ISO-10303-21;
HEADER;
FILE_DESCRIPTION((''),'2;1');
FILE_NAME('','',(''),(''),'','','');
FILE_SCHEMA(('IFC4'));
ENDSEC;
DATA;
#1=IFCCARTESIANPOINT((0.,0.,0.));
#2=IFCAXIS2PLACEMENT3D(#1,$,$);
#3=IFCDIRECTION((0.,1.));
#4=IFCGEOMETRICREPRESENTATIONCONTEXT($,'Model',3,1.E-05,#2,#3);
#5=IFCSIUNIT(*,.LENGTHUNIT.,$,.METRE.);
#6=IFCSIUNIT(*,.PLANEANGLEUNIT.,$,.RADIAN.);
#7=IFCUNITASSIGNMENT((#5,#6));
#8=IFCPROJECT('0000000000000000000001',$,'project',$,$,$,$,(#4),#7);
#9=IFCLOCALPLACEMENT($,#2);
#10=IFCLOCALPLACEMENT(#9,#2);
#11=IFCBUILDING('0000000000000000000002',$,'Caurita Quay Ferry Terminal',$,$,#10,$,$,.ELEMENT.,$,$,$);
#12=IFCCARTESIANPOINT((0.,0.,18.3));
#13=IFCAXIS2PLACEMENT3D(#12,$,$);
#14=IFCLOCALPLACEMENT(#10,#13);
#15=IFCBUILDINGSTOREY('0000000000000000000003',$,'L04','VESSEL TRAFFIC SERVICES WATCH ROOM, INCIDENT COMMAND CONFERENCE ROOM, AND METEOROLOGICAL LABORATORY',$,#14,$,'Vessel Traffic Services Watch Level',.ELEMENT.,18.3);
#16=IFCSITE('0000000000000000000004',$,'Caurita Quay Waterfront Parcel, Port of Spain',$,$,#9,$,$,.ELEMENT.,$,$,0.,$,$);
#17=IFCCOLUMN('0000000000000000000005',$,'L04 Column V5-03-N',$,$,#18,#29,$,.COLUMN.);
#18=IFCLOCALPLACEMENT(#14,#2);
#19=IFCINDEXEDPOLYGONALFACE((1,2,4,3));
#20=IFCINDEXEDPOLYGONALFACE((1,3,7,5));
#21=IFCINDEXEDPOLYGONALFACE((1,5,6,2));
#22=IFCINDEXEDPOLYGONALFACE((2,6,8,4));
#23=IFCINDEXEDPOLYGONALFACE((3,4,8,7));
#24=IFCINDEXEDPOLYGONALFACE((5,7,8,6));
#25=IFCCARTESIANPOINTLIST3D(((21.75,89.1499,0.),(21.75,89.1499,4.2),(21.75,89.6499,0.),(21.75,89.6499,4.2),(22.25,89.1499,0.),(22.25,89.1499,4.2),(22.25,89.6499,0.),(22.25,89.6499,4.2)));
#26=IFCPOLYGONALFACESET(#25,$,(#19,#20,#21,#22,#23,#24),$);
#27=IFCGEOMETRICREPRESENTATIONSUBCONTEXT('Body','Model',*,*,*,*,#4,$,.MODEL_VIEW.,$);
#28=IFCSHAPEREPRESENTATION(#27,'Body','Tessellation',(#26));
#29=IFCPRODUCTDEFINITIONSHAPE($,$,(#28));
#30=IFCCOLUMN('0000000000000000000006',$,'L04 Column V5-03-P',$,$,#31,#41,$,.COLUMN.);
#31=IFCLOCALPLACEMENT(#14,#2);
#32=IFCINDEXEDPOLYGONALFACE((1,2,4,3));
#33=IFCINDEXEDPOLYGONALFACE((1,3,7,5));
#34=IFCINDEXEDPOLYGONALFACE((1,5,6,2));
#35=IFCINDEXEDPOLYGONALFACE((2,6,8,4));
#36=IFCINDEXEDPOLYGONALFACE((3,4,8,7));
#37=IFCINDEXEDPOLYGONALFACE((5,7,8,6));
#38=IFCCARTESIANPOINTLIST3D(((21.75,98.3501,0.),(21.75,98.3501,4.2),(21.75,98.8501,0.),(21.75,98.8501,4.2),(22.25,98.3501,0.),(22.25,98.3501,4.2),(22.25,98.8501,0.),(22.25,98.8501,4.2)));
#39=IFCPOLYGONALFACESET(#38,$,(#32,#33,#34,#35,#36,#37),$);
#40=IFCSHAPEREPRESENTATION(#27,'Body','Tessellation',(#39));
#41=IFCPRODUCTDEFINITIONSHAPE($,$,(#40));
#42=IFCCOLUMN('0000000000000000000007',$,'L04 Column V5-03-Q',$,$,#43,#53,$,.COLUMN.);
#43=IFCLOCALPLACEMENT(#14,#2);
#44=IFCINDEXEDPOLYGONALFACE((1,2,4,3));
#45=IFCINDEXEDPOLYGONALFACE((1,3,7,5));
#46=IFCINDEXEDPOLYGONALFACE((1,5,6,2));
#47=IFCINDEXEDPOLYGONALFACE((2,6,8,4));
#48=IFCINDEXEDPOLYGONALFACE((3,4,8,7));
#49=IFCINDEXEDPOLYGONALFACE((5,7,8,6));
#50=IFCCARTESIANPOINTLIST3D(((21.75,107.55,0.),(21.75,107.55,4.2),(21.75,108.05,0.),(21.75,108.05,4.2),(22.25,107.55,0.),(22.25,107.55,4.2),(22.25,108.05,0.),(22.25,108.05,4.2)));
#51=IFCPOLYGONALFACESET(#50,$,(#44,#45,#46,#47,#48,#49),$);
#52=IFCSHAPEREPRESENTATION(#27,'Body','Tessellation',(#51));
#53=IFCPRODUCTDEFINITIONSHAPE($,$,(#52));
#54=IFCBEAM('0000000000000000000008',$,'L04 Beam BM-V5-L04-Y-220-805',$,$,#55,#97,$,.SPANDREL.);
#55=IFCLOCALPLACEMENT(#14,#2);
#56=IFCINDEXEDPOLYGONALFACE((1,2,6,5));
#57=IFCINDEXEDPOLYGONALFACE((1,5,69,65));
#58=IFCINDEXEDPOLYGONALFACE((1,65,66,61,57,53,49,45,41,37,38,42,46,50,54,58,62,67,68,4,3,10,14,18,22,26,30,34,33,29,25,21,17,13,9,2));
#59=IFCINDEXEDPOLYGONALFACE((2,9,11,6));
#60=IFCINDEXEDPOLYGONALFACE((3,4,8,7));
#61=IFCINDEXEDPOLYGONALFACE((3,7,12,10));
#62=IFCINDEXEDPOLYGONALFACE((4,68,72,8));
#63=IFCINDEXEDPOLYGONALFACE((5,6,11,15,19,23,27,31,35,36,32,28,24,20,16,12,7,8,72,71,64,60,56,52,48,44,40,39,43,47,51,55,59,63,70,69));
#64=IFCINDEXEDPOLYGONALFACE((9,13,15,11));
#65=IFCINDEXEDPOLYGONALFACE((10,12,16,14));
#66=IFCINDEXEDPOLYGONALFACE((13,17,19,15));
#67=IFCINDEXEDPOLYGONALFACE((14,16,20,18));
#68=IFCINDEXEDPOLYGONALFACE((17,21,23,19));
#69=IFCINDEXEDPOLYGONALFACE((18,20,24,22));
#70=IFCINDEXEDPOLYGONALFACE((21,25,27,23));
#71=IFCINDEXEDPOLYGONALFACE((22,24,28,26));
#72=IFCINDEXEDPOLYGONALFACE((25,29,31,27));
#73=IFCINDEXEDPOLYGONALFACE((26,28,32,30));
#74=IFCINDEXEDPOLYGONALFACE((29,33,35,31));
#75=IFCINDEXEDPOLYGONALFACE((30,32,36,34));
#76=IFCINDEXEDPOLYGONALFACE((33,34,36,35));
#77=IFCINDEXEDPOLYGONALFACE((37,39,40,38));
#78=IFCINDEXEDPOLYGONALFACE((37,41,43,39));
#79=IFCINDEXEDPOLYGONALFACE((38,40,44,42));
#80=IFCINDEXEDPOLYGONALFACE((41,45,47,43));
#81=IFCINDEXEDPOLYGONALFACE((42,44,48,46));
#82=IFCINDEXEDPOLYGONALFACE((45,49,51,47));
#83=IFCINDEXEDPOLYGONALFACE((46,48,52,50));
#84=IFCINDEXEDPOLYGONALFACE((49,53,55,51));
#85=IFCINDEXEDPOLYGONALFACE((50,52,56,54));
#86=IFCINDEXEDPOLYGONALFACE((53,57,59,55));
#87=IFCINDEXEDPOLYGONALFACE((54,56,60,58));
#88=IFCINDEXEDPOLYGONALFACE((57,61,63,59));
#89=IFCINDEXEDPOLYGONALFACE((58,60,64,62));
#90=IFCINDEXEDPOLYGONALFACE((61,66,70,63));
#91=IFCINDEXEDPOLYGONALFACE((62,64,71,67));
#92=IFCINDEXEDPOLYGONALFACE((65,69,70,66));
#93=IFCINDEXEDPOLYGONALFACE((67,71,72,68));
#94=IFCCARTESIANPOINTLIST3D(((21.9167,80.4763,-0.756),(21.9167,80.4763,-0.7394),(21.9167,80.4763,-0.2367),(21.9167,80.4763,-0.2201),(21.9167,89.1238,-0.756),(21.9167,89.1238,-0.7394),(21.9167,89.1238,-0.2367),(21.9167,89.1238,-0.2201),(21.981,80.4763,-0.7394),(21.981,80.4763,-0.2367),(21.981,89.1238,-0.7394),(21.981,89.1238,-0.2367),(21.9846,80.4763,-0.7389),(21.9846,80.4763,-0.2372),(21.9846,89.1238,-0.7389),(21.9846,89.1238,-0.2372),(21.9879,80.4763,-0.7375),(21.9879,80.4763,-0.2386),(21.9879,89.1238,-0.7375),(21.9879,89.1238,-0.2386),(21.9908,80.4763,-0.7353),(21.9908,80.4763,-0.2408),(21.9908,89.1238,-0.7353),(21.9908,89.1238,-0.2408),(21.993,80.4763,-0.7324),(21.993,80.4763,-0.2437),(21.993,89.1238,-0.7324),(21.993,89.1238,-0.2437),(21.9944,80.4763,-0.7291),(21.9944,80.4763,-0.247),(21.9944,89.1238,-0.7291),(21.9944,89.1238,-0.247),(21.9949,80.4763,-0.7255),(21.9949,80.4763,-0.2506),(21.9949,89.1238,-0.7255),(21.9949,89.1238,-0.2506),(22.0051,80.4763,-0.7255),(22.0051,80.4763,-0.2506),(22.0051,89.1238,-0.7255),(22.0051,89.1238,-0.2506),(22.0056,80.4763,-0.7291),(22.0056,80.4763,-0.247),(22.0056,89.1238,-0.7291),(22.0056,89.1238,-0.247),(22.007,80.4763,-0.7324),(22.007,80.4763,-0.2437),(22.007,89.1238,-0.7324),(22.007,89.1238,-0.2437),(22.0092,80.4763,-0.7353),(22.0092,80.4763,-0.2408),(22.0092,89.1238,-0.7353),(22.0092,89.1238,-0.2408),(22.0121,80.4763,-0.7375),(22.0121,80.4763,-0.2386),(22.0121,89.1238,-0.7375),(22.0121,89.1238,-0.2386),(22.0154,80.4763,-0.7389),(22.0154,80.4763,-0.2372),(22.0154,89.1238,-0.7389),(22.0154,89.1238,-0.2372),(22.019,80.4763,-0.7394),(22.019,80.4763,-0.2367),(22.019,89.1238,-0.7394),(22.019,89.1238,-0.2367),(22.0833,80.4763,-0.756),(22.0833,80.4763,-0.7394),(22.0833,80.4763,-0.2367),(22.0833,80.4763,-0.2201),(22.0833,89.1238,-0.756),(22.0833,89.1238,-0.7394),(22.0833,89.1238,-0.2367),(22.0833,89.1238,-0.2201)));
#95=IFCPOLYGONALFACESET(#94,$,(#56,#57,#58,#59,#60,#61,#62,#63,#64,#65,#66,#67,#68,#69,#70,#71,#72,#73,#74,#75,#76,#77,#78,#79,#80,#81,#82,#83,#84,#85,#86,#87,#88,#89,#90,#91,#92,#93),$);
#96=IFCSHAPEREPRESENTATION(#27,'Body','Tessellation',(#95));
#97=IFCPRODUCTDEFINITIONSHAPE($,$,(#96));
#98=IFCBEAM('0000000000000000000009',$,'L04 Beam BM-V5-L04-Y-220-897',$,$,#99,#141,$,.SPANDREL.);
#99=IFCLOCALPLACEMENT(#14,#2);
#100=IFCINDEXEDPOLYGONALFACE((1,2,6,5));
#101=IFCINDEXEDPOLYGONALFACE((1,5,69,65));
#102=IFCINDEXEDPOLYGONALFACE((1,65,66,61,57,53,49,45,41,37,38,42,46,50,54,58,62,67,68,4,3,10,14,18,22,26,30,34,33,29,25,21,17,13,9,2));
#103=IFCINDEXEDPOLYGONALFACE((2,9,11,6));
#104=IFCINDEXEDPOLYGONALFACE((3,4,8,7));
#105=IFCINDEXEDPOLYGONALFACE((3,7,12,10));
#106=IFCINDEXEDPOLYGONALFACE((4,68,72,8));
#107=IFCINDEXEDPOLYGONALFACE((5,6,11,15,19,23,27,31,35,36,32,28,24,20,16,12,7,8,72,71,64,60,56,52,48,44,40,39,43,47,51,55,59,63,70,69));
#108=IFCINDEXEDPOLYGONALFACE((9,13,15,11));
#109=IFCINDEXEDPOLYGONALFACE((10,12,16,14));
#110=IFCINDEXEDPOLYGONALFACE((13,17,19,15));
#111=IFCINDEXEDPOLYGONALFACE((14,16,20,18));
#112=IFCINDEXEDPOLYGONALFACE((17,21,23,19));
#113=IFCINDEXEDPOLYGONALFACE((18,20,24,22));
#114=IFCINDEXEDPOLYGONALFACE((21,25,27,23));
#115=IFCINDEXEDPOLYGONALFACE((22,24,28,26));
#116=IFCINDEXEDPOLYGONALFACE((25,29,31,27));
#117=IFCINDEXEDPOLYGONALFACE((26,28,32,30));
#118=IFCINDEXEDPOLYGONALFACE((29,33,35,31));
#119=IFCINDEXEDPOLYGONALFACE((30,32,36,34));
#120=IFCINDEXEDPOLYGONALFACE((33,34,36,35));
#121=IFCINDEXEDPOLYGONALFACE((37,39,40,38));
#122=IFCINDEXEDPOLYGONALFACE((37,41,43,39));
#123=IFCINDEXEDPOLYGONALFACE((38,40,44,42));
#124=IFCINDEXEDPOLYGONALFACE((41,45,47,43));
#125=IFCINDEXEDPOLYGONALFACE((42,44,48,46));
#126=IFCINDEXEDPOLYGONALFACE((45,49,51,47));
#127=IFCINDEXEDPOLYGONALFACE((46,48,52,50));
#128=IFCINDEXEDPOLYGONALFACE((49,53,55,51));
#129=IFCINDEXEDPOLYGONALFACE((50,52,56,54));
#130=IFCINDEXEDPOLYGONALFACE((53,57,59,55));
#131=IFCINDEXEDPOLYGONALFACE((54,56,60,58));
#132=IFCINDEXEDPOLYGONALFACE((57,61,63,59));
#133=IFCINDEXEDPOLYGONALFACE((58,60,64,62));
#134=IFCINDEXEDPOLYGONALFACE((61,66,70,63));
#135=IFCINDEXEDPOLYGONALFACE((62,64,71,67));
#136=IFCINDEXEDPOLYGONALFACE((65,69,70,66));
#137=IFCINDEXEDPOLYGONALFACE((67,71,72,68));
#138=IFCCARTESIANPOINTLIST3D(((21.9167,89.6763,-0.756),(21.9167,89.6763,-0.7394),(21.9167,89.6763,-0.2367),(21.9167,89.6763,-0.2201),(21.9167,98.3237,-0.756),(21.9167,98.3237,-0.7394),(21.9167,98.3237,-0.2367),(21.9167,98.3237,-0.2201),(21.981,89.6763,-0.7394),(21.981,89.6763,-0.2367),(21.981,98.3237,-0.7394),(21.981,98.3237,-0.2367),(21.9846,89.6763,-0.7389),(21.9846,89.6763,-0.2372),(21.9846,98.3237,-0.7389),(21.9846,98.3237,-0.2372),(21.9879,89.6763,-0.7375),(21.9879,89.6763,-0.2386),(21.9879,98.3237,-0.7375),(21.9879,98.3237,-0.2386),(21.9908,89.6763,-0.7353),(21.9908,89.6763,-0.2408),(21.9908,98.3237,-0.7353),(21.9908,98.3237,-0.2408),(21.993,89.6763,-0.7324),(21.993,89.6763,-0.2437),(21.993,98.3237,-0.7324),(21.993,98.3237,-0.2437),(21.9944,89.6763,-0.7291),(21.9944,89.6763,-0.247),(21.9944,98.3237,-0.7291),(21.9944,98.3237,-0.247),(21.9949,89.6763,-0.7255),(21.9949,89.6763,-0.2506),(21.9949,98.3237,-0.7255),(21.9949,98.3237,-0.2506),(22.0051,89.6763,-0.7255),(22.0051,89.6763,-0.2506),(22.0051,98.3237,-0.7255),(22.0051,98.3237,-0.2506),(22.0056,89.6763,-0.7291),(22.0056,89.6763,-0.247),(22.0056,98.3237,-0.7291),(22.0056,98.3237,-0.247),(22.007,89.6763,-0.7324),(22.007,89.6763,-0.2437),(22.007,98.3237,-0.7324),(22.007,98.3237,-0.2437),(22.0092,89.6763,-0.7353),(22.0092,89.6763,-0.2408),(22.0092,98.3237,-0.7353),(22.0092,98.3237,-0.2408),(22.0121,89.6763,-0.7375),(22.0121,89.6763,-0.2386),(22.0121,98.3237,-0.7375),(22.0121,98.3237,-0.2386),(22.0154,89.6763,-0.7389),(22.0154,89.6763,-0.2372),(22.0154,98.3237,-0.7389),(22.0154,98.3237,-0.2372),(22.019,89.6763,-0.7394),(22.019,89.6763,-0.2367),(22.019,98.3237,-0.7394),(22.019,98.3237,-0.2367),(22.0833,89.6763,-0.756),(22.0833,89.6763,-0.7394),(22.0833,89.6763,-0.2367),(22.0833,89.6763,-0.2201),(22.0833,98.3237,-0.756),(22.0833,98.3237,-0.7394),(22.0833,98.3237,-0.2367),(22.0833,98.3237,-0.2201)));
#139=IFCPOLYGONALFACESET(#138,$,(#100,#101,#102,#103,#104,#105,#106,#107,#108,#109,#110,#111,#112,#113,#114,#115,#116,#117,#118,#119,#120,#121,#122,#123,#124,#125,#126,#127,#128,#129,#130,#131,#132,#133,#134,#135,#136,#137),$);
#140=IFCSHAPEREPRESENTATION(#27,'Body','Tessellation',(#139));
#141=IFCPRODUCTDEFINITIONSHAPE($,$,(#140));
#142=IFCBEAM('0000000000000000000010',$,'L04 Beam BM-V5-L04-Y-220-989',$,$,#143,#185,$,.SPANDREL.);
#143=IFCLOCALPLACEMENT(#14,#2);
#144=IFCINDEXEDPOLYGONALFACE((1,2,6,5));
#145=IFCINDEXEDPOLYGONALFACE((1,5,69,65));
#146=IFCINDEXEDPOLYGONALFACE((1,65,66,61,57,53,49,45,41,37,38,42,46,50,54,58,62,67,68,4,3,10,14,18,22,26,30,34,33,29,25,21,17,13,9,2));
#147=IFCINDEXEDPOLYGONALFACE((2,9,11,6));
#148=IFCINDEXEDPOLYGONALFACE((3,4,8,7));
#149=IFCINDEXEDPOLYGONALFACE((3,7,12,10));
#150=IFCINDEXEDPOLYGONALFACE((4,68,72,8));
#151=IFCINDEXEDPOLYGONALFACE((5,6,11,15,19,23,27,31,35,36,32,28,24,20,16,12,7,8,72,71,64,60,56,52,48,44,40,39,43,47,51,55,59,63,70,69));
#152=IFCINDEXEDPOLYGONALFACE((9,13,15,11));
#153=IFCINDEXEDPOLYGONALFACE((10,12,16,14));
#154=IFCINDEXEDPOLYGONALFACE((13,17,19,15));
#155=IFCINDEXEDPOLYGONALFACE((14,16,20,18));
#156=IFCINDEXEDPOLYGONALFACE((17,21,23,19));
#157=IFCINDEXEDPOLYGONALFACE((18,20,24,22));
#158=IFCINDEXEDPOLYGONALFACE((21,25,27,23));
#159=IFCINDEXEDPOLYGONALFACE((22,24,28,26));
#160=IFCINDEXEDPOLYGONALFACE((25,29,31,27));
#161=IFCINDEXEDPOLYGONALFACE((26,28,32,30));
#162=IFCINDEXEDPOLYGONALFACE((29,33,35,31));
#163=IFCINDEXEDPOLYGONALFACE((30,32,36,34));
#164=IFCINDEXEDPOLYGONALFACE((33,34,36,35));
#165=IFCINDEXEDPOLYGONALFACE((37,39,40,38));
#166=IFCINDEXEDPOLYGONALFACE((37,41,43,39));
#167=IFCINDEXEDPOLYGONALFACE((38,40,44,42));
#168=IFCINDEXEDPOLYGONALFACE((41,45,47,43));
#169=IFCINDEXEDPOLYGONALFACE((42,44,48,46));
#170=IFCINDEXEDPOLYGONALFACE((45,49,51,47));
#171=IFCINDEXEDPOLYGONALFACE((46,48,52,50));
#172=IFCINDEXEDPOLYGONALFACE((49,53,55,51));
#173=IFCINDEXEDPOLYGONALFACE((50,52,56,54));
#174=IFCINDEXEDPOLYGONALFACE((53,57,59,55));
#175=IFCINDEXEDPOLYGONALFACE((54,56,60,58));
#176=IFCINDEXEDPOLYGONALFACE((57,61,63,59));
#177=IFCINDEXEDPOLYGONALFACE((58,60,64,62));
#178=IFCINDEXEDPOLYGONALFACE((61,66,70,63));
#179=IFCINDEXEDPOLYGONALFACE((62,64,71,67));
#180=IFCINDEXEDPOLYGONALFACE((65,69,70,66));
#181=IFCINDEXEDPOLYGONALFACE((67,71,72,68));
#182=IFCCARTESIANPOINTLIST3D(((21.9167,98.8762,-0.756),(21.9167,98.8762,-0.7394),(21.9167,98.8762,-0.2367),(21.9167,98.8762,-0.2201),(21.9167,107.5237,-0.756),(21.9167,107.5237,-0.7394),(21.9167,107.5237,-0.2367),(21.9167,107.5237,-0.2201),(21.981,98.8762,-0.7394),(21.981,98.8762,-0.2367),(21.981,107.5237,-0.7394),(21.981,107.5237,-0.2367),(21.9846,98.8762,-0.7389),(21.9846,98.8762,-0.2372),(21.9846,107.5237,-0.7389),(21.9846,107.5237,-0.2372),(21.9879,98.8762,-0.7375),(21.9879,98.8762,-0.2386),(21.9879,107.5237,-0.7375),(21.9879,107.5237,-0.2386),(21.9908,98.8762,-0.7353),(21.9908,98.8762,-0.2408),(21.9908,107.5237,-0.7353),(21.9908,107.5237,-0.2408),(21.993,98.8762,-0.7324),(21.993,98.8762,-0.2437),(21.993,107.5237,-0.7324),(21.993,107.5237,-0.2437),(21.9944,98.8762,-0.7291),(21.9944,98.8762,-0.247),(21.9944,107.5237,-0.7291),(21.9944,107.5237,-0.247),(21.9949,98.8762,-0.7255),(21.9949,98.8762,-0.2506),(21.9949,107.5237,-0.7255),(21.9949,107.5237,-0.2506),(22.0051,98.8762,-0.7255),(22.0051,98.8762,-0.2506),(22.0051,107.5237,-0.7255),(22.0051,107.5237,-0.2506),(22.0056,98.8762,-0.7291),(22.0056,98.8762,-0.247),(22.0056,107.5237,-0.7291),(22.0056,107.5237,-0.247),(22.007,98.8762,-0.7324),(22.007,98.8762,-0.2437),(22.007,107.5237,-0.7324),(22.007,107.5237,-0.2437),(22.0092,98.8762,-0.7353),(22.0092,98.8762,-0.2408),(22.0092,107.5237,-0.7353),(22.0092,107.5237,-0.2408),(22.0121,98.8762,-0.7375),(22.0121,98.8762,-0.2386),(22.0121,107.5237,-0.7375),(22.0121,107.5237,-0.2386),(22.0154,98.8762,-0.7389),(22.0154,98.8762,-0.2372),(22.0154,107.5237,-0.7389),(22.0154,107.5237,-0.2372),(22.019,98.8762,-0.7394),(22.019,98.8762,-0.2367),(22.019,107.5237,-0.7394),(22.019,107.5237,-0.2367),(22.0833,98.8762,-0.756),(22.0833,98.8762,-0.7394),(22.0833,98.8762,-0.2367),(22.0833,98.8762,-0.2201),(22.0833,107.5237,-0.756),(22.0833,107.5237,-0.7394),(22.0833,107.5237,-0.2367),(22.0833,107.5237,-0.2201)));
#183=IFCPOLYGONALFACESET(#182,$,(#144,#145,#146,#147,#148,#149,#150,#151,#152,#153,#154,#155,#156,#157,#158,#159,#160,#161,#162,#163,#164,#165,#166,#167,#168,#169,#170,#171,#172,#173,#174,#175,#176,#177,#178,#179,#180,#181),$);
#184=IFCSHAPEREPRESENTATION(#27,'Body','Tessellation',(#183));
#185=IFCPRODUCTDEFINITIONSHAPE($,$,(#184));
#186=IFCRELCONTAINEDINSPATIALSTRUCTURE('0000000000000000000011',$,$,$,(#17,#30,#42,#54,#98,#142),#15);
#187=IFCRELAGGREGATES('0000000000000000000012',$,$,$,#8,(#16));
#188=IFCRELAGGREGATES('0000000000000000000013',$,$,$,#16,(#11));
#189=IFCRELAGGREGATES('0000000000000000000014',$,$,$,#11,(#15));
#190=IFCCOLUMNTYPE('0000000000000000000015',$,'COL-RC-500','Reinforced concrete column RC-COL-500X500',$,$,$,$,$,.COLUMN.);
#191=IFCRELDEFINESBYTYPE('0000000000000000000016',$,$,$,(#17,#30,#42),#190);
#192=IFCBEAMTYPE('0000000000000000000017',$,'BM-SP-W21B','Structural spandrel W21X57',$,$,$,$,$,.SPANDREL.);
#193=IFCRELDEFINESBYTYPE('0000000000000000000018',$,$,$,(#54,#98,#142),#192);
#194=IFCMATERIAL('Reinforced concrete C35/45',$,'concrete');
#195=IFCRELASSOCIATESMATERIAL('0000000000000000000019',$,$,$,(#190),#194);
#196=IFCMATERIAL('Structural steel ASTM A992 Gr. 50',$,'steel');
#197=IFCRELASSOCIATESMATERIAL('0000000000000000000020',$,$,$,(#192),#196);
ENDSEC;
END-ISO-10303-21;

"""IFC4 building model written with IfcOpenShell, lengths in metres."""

from ifc_helpers import new_model, si_unit, direction, frame, origin, origin_2d, place, context, subcontext, project, spatial, rectangle, i_section, extrude, material, material_profile, profile_set, type_object, element, save


model = new_model("IFC4")

# Units and contexts
model_context = context("Model", 3, precision=1e-05, world=origin(), true_north=direction((0.0, 1.0)))
body_context = subcontext(model_context, "Body", "Model", "MODEL_VIEW")
ifc_project = project(units=[si_unit("LENGTHUNIT", "METRE"), si_unit("PLANEANGLEUNIT", "RADIAN")], contexts=[model_context])

# Site, building, storey
site_placement = place(None, origin())
site = spatial("IfcSite", under=ifc_project, at=site_placement, Name="Caurita Quay Waterfront Parcel, Port of Spain", CompositionType="ELEMENT", RefElevation=0.0)
building_placement = place(site_placement, origin())
building = spatial("IfcBuilding", under=site, at=building_placement, Name="Caurita Quay Ferry Terminal", CompositionType="ELEMENT")
storey_placement = place(building_placement, frame((0.0, 0.0, 18.3)))
storey = spatial("IfcBuildingStorey", under=building, at=storey_placement, Name="L04", Description="VESSEL TRAFFIC SERVICES WATCH ROOM, INCIDENT COMMAND CONFERENCE ROOM, AND METEOROLOGICAL LABORATORY", LongName="Vessel Traffic Services Watch Level", CompositionType="ELEMENT", Elevation=18.3)

# Columns
ifc_material_1 = material(Name="Reinforced concrete C35/45", Category="concrete")
ifc_material_profile_1 = material_profile(ifc_material_1, rectangle(XDim=0.5, YDim=0.5, at=origin_2d()), Name="RC-COL-500X500")
ifc_profile_set_1 = profile_set([ifc_material_profile_1], Name="Reinforced concrete C35/45")
column_type = type_object("IfcColumnType", Name="COL-RC-500", Description="Reinforced concrete column RC-COL-500X500", PredefinedType="COLUMN", material=ifc_profile_set_1)
for number, where, z_axis, x_axis, name in (
    (1, (22.0, 89.3999, 0.0), (0.0, 0.0, 1.0), (1.0, 0.0, 0.0), "L04 Column V5-03-N"),
    (2, (22.0, 98.6001, 0.0), (0.0, 0.0, 1.0), (1.0, 0.0, 0.0), "L04 Column V5-03-P"),
    (3, (22.0, 107.8, 0.0), (0.0, 0.0, 1.0), (1.0, 0.0, 0.0), "L04 Column V5-03-Q"),
):
    element("IfcColumn", number, at=place(storey_placement, frame(where, z_axis=z_axis, x_axis=x_axis)), inside=storey, type_object=column_type, Name=name, PredefinedType="COLUMN", context=body_context, shape_type="SweptSolid", body=[
        extrude(rectangle(XDim=0.5, YDim=0.5, at=origin_2d()), origin(), (0.0, 0.0, 1.0), 4.2),
    ])

# Beams
ifc_material_2 = material(Name="Structural steel ASTM A992 Gr. 50", Category="steel")
ifc_material_profile_2 = material_profile(ifc_material_2, i_section(OverallWidth=0.1665, OverallDepth=0.5359, WebThickness=0.0103, FlangeThickness=0.0166, FilletRadius=0.0139, at=origin_2d()), Name="W21X57")
ifc_profile_set_2 = profile_set([ifc_material_profile_2], Name="Structural steel ASTM A992 Gr. 50")
beam_type = type_object("IfcBeamType", Name="BM-SP-W21B", Description="Structural spandrel W21X57", PredefinedType="SPANDREL", material=ifc_profile_set_2)
for number, where, z_axis, x_axis, name in (
    (4, (22.0, 80.4763, -0.488), (0.0, 1.0, 0.0), (-1.0, 0.0, 0.0), "L04 Beam BM-V5-L04-Y-220-805"),
    (5, (22.0, 89.6763, -0.488), (0.0, 1.0, 0.0), (-1.0, 0.0, 0.0), "L04 Beam BM-V5-L04-Y-220-897"),
    (6, (22.0, 98.8762, -0.488), (0.0, 1.0, 0.0), (-1.0, 0.0, 0.0), "L04 Beam BM-V5-L04-Y-220-989"),
):
    element("IfcBeam", number, at=place(storey_placement, frame(where, z_axis=z_axis, x_axis=x_axis)), inside=storey, type_object=beam_type, Name=name, PredefinedType="SPANDREL", context=body_context, shape_type="SweptSolid", body=[
        extrude(i_section(OverallWidth=0.1665, OverallDepth=0.5359, WebThickness=0.0103, FlangeThickness=0.0166, FilletRadius=0.0139, at=origin_2d()), origin(), (0.0, 0.0, 1.0), 8.6475),
    ])

save(model, "model.ifc")
